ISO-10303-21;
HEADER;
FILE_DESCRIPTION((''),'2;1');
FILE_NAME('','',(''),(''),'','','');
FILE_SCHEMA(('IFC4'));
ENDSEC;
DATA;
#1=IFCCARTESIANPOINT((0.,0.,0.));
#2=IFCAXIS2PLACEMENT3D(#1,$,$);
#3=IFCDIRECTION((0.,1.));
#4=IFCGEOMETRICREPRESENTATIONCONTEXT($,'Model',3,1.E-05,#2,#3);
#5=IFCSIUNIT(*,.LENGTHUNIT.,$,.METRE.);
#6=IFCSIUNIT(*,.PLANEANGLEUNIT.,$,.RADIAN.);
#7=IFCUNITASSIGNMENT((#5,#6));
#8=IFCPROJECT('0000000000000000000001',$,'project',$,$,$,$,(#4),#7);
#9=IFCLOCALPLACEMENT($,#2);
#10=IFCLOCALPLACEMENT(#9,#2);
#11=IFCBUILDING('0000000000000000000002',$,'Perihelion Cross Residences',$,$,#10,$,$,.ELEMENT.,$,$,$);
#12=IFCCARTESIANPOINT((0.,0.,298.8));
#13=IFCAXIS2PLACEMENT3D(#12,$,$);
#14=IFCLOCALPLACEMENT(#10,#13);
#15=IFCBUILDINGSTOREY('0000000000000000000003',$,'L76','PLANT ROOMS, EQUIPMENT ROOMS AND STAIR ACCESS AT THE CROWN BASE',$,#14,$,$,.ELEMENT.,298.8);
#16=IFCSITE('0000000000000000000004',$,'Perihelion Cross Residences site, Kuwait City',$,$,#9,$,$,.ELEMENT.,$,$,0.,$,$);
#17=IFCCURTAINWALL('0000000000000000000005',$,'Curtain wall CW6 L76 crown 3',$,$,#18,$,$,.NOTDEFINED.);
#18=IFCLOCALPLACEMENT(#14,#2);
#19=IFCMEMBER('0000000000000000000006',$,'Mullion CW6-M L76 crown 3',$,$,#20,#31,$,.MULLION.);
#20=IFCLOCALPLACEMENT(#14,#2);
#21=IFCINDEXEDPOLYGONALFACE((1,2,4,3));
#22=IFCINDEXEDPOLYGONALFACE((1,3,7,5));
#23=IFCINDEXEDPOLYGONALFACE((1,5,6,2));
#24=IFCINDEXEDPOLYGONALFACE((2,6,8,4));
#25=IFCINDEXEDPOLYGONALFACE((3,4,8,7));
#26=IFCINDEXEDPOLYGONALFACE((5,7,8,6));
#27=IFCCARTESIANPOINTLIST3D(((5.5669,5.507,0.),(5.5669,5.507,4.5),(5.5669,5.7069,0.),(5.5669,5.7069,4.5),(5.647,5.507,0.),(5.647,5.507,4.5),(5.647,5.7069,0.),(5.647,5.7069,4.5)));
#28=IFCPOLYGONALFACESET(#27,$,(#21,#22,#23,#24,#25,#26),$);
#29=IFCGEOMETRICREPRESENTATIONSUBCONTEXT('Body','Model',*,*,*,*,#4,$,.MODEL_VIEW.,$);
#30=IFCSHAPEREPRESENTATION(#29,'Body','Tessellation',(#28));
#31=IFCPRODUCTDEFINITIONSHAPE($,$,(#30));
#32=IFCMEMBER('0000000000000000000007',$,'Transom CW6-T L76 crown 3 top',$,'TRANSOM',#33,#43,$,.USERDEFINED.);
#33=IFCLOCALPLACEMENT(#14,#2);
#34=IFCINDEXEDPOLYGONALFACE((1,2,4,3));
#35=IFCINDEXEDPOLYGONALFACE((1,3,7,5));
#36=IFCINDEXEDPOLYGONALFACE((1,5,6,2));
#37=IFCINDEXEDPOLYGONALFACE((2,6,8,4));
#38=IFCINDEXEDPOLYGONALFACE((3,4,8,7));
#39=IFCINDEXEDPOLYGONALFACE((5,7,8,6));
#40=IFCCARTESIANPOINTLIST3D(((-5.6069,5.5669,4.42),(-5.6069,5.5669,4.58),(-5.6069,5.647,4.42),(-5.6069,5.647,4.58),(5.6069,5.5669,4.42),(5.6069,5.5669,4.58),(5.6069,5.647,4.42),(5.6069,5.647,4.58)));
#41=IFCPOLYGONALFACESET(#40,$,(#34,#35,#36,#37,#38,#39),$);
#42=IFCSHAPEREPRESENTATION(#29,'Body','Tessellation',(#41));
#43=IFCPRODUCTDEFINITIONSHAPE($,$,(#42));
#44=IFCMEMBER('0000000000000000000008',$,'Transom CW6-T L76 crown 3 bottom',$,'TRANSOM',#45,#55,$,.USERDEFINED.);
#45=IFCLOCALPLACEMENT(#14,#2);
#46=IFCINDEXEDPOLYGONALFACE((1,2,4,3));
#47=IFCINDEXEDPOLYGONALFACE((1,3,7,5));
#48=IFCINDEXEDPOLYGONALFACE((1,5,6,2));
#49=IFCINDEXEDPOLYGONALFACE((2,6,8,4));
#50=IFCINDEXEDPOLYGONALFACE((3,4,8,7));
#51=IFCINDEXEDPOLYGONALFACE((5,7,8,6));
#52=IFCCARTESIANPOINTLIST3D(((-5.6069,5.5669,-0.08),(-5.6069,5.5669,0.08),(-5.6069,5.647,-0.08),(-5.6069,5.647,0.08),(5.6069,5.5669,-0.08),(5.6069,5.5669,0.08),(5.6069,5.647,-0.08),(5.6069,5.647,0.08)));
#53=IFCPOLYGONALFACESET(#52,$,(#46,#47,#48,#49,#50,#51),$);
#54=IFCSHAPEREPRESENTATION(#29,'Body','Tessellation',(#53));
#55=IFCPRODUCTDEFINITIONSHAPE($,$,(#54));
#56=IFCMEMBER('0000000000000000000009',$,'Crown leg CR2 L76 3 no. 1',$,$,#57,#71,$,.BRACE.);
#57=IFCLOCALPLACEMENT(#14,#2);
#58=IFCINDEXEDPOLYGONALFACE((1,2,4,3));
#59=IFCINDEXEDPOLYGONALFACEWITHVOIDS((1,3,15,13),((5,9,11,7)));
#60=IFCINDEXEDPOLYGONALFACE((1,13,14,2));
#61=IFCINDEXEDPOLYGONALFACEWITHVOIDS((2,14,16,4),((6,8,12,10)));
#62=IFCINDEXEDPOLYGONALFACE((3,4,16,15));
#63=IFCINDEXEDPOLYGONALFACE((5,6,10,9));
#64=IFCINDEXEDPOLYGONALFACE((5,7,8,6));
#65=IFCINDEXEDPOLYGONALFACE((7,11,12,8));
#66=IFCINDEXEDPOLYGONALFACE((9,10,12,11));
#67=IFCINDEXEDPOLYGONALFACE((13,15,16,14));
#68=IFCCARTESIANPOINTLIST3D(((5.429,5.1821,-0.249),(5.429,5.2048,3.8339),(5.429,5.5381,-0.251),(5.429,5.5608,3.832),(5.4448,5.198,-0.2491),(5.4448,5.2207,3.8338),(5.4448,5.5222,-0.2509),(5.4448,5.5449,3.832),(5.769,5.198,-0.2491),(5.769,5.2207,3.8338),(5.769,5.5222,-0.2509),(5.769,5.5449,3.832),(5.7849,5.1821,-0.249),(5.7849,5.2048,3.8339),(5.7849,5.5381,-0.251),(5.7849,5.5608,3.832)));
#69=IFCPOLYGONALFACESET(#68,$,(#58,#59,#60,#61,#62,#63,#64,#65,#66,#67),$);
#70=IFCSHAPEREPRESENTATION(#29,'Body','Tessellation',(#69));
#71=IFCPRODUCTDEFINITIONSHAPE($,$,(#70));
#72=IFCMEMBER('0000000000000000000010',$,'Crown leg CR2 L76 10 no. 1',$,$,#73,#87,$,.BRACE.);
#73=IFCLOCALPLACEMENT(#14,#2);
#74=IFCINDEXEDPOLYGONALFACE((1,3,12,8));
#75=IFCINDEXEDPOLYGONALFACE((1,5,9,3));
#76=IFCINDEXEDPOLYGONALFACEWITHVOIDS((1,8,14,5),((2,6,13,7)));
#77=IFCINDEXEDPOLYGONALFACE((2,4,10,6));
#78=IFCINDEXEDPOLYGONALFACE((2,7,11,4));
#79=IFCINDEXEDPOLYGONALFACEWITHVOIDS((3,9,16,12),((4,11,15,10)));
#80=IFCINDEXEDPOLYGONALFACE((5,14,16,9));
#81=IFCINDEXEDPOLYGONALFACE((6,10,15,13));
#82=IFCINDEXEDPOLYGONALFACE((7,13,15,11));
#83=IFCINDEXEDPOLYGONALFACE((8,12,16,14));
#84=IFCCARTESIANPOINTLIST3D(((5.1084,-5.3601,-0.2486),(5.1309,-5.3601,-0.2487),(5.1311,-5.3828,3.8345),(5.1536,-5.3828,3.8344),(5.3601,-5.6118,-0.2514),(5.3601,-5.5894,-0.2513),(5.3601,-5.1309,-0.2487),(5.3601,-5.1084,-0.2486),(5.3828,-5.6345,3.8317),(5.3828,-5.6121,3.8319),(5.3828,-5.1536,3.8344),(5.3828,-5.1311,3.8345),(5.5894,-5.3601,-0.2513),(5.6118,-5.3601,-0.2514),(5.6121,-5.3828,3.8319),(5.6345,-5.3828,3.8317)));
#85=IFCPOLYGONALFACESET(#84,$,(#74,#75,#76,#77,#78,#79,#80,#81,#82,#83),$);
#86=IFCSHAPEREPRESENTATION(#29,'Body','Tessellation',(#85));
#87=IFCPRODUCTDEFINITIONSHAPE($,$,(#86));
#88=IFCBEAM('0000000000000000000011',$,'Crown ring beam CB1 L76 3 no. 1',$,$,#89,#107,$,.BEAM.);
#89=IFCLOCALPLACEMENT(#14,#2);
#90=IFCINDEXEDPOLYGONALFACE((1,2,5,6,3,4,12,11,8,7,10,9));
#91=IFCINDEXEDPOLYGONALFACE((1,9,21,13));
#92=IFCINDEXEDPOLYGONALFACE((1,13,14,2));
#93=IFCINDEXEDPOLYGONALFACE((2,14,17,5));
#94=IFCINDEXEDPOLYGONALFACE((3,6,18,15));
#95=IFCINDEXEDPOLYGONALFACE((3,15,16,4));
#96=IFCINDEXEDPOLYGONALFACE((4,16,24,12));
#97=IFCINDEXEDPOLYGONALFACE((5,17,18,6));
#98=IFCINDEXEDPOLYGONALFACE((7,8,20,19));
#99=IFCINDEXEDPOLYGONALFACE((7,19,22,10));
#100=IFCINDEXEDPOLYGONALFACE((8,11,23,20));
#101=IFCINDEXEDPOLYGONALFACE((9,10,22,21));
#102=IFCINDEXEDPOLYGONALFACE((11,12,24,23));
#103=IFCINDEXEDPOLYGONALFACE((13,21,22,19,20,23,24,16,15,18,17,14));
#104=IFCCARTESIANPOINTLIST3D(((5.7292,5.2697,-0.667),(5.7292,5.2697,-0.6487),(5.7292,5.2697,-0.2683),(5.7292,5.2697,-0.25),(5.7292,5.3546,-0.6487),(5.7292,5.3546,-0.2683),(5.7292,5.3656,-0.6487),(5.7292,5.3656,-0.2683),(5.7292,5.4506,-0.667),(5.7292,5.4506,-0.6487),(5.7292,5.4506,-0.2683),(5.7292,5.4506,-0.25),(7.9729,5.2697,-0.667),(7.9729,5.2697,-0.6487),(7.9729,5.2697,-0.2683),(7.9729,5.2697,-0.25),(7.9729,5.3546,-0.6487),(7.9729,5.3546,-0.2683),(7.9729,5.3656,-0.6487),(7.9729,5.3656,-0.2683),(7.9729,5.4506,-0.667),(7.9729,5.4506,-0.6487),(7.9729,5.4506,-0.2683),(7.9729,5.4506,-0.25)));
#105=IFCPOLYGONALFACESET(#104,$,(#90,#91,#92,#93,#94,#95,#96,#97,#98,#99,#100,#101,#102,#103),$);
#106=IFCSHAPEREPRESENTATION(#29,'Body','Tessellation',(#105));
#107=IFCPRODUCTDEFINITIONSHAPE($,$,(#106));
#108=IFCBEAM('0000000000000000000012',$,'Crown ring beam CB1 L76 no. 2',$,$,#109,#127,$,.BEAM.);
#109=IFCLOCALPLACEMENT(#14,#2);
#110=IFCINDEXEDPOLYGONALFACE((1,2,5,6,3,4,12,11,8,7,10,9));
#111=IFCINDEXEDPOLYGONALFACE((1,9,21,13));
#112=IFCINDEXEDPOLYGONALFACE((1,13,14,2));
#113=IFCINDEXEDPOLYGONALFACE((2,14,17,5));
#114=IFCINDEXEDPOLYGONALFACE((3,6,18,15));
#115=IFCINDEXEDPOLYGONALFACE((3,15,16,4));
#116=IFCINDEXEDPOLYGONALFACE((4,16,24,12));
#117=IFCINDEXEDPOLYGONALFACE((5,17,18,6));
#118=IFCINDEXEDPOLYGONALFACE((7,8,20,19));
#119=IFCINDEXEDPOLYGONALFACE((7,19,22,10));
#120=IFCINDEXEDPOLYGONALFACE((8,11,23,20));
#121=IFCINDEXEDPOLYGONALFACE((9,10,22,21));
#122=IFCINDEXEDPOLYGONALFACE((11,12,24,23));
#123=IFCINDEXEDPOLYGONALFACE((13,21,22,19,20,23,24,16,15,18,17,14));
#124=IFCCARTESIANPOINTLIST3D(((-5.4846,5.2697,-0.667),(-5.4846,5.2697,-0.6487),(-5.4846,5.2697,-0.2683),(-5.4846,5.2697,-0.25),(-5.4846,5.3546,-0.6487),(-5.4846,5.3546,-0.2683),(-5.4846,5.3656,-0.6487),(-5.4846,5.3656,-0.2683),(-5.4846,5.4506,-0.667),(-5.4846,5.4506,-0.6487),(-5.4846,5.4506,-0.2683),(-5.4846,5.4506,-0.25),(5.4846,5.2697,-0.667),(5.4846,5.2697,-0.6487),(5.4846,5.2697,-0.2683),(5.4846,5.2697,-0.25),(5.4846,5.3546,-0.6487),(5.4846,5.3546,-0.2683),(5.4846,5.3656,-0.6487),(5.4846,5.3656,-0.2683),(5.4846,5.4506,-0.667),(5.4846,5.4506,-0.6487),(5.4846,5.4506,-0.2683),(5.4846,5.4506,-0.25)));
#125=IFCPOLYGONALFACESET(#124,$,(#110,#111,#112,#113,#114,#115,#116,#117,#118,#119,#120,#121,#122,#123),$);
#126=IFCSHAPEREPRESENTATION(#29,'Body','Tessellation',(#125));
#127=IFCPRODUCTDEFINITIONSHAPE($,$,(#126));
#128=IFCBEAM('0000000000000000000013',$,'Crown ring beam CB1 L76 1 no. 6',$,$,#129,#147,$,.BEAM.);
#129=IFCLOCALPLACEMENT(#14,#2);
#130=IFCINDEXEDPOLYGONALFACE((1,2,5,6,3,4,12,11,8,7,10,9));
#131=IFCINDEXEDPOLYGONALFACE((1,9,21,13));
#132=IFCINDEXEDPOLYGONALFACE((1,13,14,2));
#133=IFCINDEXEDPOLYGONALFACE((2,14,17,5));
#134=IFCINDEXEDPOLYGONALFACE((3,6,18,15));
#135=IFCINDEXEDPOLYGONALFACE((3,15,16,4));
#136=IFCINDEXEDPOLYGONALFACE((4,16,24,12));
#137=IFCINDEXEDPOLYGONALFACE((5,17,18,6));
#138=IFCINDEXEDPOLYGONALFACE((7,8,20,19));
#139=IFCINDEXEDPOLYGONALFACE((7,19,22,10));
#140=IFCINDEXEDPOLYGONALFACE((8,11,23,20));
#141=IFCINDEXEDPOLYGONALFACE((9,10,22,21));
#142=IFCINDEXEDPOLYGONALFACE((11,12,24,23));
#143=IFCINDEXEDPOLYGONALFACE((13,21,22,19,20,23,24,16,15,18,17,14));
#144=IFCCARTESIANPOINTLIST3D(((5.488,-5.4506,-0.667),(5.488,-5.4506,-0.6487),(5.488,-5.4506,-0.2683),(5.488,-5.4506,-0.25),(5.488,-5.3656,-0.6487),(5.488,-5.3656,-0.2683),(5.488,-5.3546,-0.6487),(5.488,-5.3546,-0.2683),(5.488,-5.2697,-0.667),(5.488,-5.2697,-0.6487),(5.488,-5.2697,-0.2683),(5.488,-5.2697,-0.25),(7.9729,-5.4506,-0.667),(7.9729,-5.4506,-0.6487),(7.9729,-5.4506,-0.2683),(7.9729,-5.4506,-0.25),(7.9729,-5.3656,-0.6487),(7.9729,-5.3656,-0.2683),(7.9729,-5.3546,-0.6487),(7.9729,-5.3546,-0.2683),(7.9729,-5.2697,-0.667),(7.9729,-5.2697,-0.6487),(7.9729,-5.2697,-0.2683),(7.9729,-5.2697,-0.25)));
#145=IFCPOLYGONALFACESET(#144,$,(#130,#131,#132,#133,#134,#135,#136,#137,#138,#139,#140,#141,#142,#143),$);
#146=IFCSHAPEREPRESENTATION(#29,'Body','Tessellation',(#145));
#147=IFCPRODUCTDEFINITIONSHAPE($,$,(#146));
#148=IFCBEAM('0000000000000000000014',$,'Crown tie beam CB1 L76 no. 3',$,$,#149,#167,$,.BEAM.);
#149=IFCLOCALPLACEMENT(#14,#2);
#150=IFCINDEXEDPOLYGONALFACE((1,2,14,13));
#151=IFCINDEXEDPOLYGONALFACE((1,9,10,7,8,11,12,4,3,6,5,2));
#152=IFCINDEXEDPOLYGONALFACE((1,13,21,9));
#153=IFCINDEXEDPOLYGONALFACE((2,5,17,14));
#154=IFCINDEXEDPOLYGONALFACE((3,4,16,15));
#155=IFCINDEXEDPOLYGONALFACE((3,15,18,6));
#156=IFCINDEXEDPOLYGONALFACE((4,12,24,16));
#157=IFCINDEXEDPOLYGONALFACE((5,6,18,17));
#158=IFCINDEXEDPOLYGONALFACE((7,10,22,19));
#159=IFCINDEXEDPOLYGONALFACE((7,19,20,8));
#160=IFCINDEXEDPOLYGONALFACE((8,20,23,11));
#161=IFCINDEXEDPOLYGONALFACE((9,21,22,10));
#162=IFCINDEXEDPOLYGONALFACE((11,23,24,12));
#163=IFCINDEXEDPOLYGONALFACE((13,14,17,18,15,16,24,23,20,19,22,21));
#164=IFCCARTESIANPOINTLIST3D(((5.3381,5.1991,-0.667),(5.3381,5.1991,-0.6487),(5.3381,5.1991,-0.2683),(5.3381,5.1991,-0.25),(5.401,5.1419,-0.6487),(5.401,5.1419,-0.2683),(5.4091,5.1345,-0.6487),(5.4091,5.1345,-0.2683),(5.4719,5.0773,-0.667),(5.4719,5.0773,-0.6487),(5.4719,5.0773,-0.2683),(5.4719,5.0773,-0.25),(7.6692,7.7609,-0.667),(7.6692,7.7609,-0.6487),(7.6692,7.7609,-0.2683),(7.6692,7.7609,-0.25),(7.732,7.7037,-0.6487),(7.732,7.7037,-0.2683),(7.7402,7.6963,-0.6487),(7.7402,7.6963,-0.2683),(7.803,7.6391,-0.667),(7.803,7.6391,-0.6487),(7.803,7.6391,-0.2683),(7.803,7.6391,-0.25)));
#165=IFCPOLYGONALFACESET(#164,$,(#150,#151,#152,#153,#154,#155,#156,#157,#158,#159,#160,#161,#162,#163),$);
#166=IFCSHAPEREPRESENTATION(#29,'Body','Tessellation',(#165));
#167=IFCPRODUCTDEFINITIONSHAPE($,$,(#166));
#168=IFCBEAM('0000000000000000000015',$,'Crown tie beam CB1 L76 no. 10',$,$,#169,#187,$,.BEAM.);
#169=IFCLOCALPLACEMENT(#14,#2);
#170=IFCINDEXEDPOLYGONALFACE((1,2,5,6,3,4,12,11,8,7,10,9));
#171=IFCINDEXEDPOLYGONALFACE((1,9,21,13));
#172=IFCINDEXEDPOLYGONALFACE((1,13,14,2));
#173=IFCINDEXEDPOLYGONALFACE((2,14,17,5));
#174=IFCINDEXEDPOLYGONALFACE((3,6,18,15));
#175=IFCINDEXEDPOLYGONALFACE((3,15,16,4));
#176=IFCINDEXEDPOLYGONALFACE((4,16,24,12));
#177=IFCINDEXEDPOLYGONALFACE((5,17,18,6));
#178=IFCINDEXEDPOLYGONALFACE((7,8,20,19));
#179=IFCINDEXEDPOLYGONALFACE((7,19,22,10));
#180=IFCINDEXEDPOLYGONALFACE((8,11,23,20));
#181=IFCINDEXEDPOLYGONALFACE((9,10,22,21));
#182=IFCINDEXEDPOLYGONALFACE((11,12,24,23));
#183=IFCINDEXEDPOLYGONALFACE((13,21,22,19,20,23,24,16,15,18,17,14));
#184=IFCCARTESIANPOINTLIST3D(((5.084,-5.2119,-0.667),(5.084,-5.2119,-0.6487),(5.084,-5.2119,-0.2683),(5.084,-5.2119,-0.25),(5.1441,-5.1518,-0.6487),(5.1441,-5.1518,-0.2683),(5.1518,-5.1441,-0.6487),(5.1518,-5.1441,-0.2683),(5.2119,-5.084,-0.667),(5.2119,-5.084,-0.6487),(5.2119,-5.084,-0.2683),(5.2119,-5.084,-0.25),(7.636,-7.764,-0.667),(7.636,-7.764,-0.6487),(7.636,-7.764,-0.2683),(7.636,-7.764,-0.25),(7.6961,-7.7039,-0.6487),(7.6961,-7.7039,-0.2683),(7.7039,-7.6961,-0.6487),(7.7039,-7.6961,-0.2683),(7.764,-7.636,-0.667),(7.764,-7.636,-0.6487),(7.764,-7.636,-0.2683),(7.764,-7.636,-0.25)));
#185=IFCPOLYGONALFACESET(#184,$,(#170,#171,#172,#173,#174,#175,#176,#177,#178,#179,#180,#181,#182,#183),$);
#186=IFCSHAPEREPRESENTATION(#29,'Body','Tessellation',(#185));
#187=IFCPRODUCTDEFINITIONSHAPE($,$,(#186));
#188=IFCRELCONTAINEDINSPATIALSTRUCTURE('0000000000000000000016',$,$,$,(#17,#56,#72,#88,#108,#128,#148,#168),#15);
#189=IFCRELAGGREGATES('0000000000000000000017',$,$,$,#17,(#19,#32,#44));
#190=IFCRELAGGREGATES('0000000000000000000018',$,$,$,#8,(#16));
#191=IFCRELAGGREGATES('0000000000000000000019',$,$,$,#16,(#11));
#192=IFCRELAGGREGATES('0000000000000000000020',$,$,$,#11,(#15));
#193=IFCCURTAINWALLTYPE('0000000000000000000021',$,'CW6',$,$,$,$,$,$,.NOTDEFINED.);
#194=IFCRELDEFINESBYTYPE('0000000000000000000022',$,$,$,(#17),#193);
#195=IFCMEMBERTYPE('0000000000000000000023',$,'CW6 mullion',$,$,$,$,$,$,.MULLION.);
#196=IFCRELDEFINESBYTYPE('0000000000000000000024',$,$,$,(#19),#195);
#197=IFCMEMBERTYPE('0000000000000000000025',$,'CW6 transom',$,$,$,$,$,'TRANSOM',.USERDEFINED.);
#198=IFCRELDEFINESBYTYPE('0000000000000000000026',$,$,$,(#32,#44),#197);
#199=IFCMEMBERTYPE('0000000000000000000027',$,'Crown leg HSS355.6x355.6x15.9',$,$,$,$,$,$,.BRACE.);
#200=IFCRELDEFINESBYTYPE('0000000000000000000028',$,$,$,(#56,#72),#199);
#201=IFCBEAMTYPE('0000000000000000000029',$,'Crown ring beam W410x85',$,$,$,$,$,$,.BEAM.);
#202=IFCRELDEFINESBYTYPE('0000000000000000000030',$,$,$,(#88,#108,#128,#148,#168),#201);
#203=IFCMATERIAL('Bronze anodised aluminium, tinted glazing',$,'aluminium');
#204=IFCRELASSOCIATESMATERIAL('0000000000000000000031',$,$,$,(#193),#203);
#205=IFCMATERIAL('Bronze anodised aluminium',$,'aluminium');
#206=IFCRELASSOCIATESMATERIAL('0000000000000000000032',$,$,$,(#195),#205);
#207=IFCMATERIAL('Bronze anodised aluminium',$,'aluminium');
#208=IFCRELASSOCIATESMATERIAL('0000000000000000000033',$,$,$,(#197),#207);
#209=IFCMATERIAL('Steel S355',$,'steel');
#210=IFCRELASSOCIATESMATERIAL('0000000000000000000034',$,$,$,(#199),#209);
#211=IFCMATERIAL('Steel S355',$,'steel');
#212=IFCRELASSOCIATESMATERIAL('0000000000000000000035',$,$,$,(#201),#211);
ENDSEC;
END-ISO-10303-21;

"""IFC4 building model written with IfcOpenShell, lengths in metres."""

from ifc_helpers import new_model, si_unit, direction, frame, origin, origin_2d, place, context, subcontext, project, spatial, rectangle, hollow_rectangle, i_section, extrude, material, material_profile, profile_set, type_object, element, aggregate, save


model = new_model("IFC4")

# Units and contexts
model_context = context("Model", 3, precision=1e-05, world=origin(), true_north=direction((0.0, 1.0)))
body_context = subcontext(model_context, "Body", "Model", "MODEL_VIEW")
ifc_project = project(units=[si_unit("LENGTHUNIT", "METRE"), si_unit("PLANEANGLEUNIT", "RADIAN")], contexts=[model_context])

# Site, building, storey
site_placement = place(None, origin())
site = spatial("IfcSite", under=ifc_project, at=site_placement, Name="Perihelion Cross Residences site, Kuwait City", CompositionType="ELEMENT", RefElevation=0.0)
building_placement = place(site_placement, origin())
building = spatial("IfcBuilding", under=site, at=building_placement, Name="Perihelion Cross Residences", CompositionType="ELEMENT")
storey_placement = place(building_placement, frame((0.0, 0.0, 298.8)))
storey = spatial("IfcBuildingStorey", under=building, at=storey_placement, Name="L76", Description="PLANT ROOMS, EQUIPMENT ROOMS AND STAIR ACCESS AT THE CROWN BASE", CompositionType="ELEMENT", Elevation=298.8)

# Curtain wall, members
ifc_material_1 = material(Name="Bronze anodised aluminium, tinted glazing", Category="aluminium")
curtain_wall_type = type_object("IfcCurtainWallType", Name="CW6", PredefinedType="NOTDEFINED", material=ifc_material_1)
curtain_wall_1_placement = place(storey_placement, origin())
curtain_wall_1 = element("IfcCurtainWall", 1, at=curtain_wall_1_placement, inside=storey, type_object=curtain_wall_type, Name="Curtain wall CW6 L76 crown 3", PredefinedType="NOTDEFINED")
ifc_material_2 = material(Name="Bronze anodised aluminium", Category="aluminium")
ifc_material_profile_1 = material_profile(ifc_material_2, rectangle(XDim=0.0801, YDim=0.2, at=origin_2d()), Name="CW6 mullion")
ifc_profile_set_1 = profile_set([ifc_material_profile_1], Name="Bronze anodised aluminium")
member_type_1 = type_object("IfcMemberType", Name="CW6 mullion", PredefinedType="MULLION", material=ifc_profile_set_1)
member_1_placement = place(storey_placement, frame((5.6069, 5.6069, 0.0), z_axis=(0.0, 0.0, 1.0), x_axis=(1.0, 0.0, 0.0)))
member_1 = element("IfcMember", 2, at=member_1_placement, type_object=member_type_1, Name="Mullion CW6-M L76 crown 3", PredefinedType="MULLION", context=body_context, shape_type="SweptSolid", body=[
    extrude(rectangle(XDim=0.0801, YDim=0.2, at=origin_2d()), origin(), (0.0, 0.0, 1.0), 4.5),
])
ifc_material_3 = material(Name="Bronze anodised aluminium", Category="aluminium")
ifc_material_profile_2 = material_profile(ifc_material_3, rectangle(XDim=0.0801, YDim=0.1599, at=origin_2d()), Name="CW6 transom")
ifc_profile_set_2 = profile_set([ifc_material_profile_2], Name="Bronze anodised aluminium")
member_type_2 = type_object("IfcMemberType", Name="CW6 transom", ElementType="TRANSOM", PredefinedType="USERDEFINED", material=ifc_profile_set_2)
member_2_placement = place(storey_placement, frame((5.6069, 5.6069, 4.5), z_axis=(-1.0, 0.0, 0.0), x_axis=(0.0, -1.0, 0.0)))
member_2 = element("IfcMember", 3, at=member_2_placement, type_object=member_type_2, Name="Transom CW6-T L76 crown 3 top", ObjectType="TRANSOM", PredefinedType="USERDEFINED", context=body_context, shape_type="SweptSolid", body=[
    extrude(rectangle(XDim=0.0801, YDim=0.1599, at=origin_2d()), origin(), (0.0, 0.0, 1.0), 11.2139),
])
member_3_placement = place(storey_placement, frame((5.6069, 5.6069, 0.0), z_axis=(-1.0, 0.0, 0.0), x_axis=(0.0, -1.0, 0.0)))
member_3 = element("IfcMember", 4, at=member_3_placement, type_object=member_type_2, Name="Transom CW6-T L76 crown 3 bottom", ObjectType="TRANSOM", PredefinedType="USERDEFINED", context=body_context, shape_type="SweptSolid", body=[
    extrude(rectangle(XDim=0.0801, YDim=0.1599, at=origin_2d()), origin(), (0.0, 0.0, 1.0), 11.2139),
])
aggregate(curtain_wall_1, [member_1, member_2, member_3])

# Members
ifc_material_4 = material(Name="Steel S355", Category="steel")
ifc_material_profile_3 = material_profile(ifc_material_4, hollow_rectangle(XDim=0.356, YDim=0.356, WallThickness=0.0159, at=origin_2d()), Name="HSS355.6x355.6x15.9")
ifc_profile_set_3 = profile_set([ifc_material_profile_3], Name="Steel S355")
member_type_3 = type_object("IfcMemberType", Name="Crown leg HSS355.6x355.6x15.9", PredefinedType="BRACE", material=ifc_profile_set_3)
member_4_placement = place(storey_placement, frame((5.6069, 5.3601, -0.25), z_axis=(0.0, 0.005561, 0.999985), x_axis=(-1.0, 0.0, 0.0)))
element("IfcMember", 5, at=member_4_placement, inside=storey, type_object=member_type_3, Name="Crown leg CR2 L76 3 no. 1", PredefinedType="BRACE", context=body_context, shape_type="SweptSolid", body=[
    extrude(hollow_rectangle(XDim=0.356, YDim=0.356, WallThickness=0.0159, at=origin_2d()), origin(), (0.0, 0.0, 1.0), 4.083),
])
member_5_placement = place(storey_placement, frame((5.3601, -5.3601, -0.25), z_axis=(0.005561, -0.005561, 0.999969), x_axis=(0.707107, 0.707107, 0.0)))
element("IfcMember", 6, at=member_5_placement, inside=storey, type_object=member_type_3, Name="Crown leg CR2 L76 10 no. 1", PredefinedType="BRACE", context=body_context, shape_type="SweptSolid", body=[
    extrude(hollow_rectangle(XDim=0.356, YDim=0.356, WallThickness=0.0159, at=origin_2d()), origin(), (0.0, 0.0, 1.0), 4.0833),
])

# Beams
ifc_material_5 = material(Name="Steel S355", Category="steel")
ifc_material_profile_4 = material_profile(ifc_material_5, i_section(OverallWidth=0.1809, OverallDepth=0.417, WebThickness=0.011, FlangeThickness=0.0183, at=origin_2d()), Name="W410x85")
ifc_profile_set_4 = profile_set([ifc_material_profile_4], Name="Steel S355")
beam_type_1 = type_object("IfcBeamType", Name="Crown ring beam W410x85", PredefinedType="BEAM", material=ifc_profile_set_4)
beam_1_placement = place(storey_placement, frame((7.9729, 5.3601, -0.4585), z_axis=(-1.0, 0.0, 0.0), x_axis=(0.0, -1.0, 0.0)))
element("IfcBeam", 7, at=beam_1_placement, inside=storey, type_object=beam_type_1, Name="Crown ring beam CB1 L76 3 no. 1", PredefinedType="BEAM", context=body_context, shape_type="SweptSolid", body=[
    extrude(i_section(OverallWidth=0.1809, OverallDepth=0.417, WebThickness=0.011, FlangeThickness=0.0183, at=origin_2d()), origin(), (0.0, 0.0, 1.0), 2.2437),
])
beam_2_placement = place(storey_placement, frame((5.4846, 5.3601, -0.4585), z_axis=(-1.0, 0.0, 0.0), x_axis=(0.0, -1.0, 0.0)))
element("IfcBeam", 8, at=beam_2_placement, inside=storey, type_object=beam_type_1, Name="Crown ring beam CB1 L76 no. 2", PredefinedType="BEAM", context=body_context, shape_type="SweptSolid", body=[
    extrude(i_section(OverallWidth=0.1809, OverallDepth=0.417, WebThickness=0.011, FlangeThickness=0.0183, at=origin_2d()), origin(), (0.0, 0.0, 1.0), 10.9692),
])
beam_3_placement = place(storey_placement, frame((5.488, -5.3601, -0.4585), z_axis=(1.0, 0.0, 0.0), x_axis=(0.0, 1.0, 0.0)))
element("IfcBeam", 9, at=beam_3_placement, inside=storey, type_object=beam_type_1, Name="Crown ring beam CB1 L76 1 no. 6", PredefinedType="BEAM", context=body_context, shape_type="SweptSolid", body=[
    extrude(i_section(OverallWidth=0.1809, OverallDepth=0.417, WebThickness=0.011, FlangeThickness=0.0183, at=origin_2d()), origin(), (0.0, 0.0, 1.0), 2.4849),
])
beam_4_placement = place(storey_placement, frame((5.405, 5.1382, -0.4585), z_axis=(0.673017, 0.739627, 0.0), x_axis=(-0.739627, 0.673017, 0.0)))
element("IfcBeam", 10, at=beam_4_placement, inside=storey, type_object=beam_type_1, Name="Crown tie beam CB1 L76 no. 3", PredefinedType="BEAM", context=body_context, shape_type="SweptSolid", body=[
    extrude(i_section(OverallWidth=0.1809, OverallDepth=0.417, WebThickness=0.011, FlangeThickness=0.0183, at=origin_2d()), origin(), (0.0, 0.0, 1.0), 3.4636),
])
beam_5_placement = place(storey_placement, frame((5.1479, -5.1479, -0.4585), z_axis=(0.707107, -0.707107, 0.0), x_axis=(0.707107, 0.707107, 0.0)))
element("IfcBeam", 11, at=beam_5_placement, inside=storey, type_object=beam_type_1, Name="Crown tie beam CB1 L76 no. 10", PredefinedType="BEAM", context=body_context, shape_type="SweptSolid", body=[
    extrude(i_section(OverallWidth=0.1809, OverallDepth=0.417, WebThickness=0.011, FlangeThickness=0.0183, at=origin_2d()), origin(), (0.0, 0.0, 1.0), 3.6091),
])

save(model, "model.ifc")
